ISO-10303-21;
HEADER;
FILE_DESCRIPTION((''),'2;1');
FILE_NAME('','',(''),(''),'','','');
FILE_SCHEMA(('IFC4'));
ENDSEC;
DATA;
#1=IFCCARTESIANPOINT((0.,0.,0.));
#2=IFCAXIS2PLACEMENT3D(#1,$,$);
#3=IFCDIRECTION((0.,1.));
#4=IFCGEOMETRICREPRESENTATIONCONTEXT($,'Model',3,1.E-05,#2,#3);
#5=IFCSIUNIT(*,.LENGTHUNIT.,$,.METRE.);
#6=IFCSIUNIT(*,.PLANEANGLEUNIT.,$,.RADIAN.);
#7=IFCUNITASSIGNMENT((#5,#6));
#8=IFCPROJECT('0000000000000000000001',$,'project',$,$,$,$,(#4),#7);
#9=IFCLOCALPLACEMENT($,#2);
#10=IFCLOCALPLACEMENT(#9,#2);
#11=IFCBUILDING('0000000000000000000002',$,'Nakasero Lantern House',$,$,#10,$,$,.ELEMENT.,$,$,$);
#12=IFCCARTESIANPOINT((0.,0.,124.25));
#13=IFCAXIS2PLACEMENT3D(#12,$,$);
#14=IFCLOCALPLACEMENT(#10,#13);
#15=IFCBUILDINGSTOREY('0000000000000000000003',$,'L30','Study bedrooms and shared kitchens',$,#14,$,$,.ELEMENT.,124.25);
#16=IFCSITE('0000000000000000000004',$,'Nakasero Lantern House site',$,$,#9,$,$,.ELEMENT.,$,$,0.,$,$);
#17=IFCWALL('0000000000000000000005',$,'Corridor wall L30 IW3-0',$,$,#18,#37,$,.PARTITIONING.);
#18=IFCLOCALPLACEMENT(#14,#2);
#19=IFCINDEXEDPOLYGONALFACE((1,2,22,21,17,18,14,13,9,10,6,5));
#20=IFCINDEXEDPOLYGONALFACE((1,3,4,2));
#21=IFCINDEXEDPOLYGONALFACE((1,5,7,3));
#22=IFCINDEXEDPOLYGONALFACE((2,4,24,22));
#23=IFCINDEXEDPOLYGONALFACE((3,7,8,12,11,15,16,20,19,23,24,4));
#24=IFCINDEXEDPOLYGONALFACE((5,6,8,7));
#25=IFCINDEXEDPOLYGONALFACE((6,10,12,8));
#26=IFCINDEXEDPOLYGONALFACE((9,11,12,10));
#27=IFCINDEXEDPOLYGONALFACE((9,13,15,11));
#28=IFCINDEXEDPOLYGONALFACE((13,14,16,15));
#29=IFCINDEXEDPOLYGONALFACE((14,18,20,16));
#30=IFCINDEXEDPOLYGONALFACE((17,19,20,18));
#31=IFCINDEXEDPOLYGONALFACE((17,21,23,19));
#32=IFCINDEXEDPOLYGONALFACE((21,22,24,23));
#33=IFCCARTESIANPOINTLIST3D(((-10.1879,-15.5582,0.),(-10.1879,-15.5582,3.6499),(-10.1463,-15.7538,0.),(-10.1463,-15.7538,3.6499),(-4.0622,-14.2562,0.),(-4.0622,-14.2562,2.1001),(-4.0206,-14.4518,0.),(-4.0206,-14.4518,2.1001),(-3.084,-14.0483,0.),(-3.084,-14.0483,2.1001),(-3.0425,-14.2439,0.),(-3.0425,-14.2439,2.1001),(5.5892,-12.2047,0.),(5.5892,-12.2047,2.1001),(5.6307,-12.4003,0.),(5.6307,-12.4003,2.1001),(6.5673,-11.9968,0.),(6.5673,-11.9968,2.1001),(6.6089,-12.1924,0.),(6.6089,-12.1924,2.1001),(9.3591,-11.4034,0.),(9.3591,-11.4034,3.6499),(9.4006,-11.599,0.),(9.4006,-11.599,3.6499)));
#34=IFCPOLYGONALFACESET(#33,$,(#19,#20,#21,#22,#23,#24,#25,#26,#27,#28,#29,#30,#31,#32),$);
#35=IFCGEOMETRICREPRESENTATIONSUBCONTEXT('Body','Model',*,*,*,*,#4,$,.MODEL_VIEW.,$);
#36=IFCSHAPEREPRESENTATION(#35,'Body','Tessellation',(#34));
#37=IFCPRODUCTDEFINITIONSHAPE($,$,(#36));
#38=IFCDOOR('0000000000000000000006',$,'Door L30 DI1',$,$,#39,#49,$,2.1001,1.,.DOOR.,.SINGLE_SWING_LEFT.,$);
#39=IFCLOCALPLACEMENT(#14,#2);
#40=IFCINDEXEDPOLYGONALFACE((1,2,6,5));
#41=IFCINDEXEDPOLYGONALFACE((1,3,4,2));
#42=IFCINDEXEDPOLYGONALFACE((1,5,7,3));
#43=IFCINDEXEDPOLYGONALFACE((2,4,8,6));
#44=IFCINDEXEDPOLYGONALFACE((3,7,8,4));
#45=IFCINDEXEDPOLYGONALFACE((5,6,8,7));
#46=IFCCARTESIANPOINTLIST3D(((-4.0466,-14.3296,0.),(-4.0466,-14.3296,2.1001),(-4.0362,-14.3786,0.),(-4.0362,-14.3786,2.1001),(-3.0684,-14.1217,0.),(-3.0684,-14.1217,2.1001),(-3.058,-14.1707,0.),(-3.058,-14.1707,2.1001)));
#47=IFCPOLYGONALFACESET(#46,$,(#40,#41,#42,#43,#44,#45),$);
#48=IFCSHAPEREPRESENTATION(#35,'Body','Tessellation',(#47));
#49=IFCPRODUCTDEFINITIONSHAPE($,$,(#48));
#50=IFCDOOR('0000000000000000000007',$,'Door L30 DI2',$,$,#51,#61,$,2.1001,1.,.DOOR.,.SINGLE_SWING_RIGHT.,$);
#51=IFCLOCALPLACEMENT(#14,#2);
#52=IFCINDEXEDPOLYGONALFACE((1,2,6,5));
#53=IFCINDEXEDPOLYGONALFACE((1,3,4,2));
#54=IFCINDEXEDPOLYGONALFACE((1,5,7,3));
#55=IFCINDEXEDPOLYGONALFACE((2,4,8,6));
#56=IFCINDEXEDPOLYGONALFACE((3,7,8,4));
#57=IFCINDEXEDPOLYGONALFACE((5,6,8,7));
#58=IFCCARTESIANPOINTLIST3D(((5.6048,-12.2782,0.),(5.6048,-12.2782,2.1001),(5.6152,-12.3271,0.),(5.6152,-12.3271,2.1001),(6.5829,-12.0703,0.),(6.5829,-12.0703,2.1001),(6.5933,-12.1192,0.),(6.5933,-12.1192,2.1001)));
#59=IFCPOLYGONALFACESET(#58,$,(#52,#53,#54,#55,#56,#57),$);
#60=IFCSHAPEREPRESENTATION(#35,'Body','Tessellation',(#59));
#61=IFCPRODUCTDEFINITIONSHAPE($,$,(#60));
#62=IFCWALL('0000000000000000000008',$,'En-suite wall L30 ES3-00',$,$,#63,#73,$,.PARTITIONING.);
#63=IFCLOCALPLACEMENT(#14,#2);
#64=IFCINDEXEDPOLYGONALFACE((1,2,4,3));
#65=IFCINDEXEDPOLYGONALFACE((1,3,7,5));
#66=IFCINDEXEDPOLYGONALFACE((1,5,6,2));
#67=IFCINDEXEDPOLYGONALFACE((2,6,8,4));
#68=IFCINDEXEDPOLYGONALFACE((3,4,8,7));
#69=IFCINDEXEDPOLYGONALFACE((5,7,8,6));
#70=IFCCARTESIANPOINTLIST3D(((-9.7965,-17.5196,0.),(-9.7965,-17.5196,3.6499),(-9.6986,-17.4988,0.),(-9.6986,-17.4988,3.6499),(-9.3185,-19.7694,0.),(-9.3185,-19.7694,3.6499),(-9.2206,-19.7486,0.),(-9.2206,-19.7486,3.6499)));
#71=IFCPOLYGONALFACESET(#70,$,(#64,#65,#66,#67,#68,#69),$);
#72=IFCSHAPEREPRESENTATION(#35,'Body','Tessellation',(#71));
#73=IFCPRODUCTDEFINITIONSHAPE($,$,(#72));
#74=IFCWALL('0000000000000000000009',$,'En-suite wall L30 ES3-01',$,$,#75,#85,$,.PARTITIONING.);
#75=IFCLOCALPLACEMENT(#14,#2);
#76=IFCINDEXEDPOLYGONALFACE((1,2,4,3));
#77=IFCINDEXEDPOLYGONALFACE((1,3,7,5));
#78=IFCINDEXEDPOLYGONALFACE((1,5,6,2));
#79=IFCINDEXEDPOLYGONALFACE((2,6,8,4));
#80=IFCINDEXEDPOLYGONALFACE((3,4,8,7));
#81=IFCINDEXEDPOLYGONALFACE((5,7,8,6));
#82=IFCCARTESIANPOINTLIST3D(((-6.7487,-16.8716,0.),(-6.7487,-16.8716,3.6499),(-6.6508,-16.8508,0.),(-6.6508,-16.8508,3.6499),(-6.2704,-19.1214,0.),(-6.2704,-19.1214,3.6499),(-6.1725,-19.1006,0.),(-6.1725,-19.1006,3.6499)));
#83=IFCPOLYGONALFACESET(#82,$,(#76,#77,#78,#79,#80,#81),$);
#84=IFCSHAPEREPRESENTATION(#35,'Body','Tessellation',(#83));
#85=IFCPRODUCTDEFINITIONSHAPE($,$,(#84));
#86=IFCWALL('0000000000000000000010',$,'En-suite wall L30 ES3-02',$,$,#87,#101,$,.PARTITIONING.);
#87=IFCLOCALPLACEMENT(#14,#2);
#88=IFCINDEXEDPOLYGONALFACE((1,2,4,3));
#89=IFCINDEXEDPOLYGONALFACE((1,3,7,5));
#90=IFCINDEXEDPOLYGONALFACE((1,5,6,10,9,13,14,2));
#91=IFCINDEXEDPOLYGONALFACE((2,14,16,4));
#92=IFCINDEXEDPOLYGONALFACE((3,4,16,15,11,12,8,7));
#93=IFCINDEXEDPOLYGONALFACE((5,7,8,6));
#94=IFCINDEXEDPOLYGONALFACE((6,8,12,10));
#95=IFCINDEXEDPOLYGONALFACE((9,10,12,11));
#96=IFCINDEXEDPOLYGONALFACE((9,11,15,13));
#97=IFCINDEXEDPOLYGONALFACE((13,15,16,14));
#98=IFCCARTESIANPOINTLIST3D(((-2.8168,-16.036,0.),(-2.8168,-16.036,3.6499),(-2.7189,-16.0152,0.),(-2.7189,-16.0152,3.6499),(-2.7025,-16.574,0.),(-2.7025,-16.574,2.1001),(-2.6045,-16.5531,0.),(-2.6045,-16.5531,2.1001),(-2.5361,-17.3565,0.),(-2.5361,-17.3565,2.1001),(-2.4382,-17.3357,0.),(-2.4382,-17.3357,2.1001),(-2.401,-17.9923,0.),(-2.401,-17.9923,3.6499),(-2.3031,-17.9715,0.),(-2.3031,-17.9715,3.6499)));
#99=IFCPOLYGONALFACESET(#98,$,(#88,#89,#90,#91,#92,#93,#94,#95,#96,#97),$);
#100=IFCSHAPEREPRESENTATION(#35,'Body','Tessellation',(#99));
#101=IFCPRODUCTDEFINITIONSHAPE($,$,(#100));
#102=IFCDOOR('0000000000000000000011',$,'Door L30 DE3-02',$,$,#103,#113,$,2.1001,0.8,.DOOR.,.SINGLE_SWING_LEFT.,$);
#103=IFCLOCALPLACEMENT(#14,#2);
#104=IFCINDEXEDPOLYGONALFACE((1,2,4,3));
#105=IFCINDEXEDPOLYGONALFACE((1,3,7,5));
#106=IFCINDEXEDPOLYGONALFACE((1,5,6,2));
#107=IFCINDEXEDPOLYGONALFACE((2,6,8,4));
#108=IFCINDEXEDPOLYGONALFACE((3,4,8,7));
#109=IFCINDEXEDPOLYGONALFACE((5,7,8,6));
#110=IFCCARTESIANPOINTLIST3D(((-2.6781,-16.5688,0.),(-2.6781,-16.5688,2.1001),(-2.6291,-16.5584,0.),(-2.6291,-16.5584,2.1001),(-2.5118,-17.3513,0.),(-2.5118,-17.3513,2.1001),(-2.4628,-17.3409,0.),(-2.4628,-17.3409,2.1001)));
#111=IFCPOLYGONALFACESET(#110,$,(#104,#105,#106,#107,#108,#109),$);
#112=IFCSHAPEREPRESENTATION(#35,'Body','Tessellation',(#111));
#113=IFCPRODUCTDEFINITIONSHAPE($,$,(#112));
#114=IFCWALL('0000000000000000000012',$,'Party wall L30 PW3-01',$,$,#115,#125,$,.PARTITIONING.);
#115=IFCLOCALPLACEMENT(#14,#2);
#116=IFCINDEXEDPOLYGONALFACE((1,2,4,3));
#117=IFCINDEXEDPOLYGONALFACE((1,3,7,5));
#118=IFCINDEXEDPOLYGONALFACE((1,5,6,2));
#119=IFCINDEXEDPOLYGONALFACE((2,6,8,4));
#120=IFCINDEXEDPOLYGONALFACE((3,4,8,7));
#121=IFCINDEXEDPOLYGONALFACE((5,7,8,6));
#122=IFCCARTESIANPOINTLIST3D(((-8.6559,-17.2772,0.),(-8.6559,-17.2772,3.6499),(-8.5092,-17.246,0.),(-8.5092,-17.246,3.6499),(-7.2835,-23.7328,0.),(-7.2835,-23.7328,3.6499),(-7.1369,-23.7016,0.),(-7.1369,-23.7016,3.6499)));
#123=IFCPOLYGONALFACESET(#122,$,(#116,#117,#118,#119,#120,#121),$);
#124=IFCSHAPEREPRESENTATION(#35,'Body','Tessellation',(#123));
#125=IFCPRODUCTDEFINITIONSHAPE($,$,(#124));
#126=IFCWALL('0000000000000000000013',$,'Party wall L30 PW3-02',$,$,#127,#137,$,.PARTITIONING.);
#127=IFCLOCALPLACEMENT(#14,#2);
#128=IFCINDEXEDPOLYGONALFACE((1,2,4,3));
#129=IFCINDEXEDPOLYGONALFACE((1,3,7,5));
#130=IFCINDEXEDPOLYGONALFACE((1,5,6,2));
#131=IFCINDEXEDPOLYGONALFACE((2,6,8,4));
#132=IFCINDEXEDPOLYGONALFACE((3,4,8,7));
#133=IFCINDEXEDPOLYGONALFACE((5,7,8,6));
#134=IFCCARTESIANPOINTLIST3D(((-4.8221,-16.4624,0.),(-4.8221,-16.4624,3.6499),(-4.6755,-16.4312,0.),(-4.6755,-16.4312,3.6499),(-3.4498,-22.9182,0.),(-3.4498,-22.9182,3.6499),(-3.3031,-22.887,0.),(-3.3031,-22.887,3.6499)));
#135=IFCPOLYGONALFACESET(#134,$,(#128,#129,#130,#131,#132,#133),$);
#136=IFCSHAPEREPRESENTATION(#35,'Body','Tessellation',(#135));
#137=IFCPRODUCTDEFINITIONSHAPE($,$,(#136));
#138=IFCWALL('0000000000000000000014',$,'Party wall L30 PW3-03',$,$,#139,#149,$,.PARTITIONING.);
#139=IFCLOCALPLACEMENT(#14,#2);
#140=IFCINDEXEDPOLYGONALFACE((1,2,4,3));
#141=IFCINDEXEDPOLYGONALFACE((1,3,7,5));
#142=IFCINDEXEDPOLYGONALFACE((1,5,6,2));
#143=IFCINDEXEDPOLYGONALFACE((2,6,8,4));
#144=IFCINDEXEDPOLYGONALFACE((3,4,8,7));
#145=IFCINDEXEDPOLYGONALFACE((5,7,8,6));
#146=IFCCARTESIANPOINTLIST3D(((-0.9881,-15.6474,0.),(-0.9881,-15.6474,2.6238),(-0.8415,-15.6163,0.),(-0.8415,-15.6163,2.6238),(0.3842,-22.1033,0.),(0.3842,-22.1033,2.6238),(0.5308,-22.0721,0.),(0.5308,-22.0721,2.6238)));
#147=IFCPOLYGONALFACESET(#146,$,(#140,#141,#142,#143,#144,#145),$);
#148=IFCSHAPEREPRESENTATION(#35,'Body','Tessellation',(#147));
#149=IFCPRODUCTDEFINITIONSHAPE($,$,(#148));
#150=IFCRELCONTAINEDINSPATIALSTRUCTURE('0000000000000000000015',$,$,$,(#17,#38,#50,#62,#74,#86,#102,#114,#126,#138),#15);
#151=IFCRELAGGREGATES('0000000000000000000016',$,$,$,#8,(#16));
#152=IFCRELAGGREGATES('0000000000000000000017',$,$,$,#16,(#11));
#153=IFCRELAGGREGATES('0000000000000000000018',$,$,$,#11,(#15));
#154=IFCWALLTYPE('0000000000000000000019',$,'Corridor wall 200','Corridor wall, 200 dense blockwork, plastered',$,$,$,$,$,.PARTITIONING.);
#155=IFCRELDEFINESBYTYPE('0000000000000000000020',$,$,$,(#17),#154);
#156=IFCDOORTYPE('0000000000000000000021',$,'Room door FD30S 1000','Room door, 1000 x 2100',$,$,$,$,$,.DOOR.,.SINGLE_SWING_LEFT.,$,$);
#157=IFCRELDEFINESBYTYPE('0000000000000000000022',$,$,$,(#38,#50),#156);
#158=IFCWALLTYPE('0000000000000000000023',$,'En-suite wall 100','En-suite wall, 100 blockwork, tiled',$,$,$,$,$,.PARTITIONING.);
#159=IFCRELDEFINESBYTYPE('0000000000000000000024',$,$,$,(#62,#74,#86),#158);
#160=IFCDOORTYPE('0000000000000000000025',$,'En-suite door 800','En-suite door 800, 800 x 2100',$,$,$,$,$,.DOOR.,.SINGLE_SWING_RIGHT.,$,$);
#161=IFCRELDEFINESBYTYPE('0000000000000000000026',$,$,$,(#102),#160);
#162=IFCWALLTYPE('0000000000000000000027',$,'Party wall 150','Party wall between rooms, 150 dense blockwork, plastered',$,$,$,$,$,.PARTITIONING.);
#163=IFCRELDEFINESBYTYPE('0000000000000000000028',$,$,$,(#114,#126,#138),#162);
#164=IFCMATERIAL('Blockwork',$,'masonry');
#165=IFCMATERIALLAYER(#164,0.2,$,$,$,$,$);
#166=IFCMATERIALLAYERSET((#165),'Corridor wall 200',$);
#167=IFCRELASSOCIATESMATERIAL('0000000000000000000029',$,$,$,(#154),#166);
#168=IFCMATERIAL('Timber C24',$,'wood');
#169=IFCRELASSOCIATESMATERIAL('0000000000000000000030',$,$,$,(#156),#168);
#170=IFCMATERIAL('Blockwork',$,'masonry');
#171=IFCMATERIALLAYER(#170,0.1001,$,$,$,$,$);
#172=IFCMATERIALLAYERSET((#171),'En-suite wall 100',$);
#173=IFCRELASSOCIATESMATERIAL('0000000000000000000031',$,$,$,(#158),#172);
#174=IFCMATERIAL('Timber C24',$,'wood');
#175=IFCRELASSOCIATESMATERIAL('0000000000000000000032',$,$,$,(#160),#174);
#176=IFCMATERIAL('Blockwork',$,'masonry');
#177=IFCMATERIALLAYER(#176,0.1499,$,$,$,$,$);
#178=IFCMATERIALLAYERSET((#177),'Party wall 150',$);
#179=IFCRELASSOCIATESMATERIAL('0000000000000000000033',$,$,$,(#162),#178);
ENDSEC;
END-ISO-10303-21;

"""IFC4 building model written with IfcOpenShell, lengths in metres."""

from ifc_helpers import new_model, si_unit, direction, frame, frame_2d, origin, place, context, subcontext, project, spatial, rectangle, extrude, material, layer, layer_set, type_object, element, fill, save


model = new_model("IFC4")

# Units and contexts
model_context = context("Model", 3, precision=1e-05, world=origin(), true_north=direction((0.0, 1.0)))
body_context = subcontext(model_context, "Body", "Model", "MODEL_VIEW")
ifc_project = project(units=[si_unit("LENGTHUNIT", "METRE"), si_unit("PLANEANGLEUNIT", "RADIAN")], contexts=[model_context])

# Site, building, storey
site_placement = place(None, origin())
site = spatial("IfcSite", under=ifc_project, at=site_placement, Name="Nakasero Lantern House site", CompositionType="ELEMENT", RefElevation=0.0)
building_placement = place(site_placement, origin())
building = spatial("IfcBuilding", under=site, at=building_placement, Name="Nakasero Lantern House", CompositionType="ELEMENT")
storey_placement = place(building_placement, frame((0.0, 0.0, 124.25)))
storey = spatial("IfcBuildingStorey", under=building, at=storey_placement, Name="L30", Description="Study bedrooms and shared kitchens", CompositionType="ELEMENT", Elevation=124.25)

# Shared definitions
ifc_material_1 = material(Name="Blockwork", Category="masonry")
ifc_layer_1 = layer(ifc_material_1, 0.2)
ifc_layer_set_1 = layer_set([ifc_layer_1], Name="Corridor wall 200")
wall_type_1 = type_object("IfcWallType", Name="Corridor wall 200", Description="Corridor wall, 200 dense blockwork, plastered", PredefinedType="PARTITIONING", material=ifc_layer_set_1)

# Wall, openings, doors
wall_1_placement = place(storey_placement, frame((-10.167, -15.656, 0.0), z_axis=(0.0, 0.0, 1.0), x_axis=(0.978148, 0.20791, 0.0)))
wall_1 = element("IfcWall", 1, at=wall_1_placement, inside=storey, type_object=wall_type_1, Name="Corridor wall L30 IW3-0", PredefinedType="PARTITIONING", context=body_context, shape_type="SweptSolid", body=[
    extrude(rectangle(XDim=19.9836, YDim=0.2, at=frame_2d((9.9917, 0.0))), origin(), (0.0, 0.0, 1.0), 3.6499),
])
opening_1_placement = place(wall_1_placement, frame((6.2625, 0.0, 0.0)))
opening_1 = element("IfcOpeningElement", 2, at=opening_1_placement, cuts=wall_1, PredefinedType="OPENING", context=body_context, shape_type="SweptSolid", body=[
    extrude(rectangle(XDim=1.0, YDim=2.1001, at=frame_2d((0.5, 1.05))), frame((0.0, 0.1199, 0.0), z_axis=(0.0, -1.0, 0.0), x_axis=(1.0, 0.0, 0.0)), (0.0, 0.0, 1.0), 0.24),
])
opening_2_placement = place(wall_1_placement, frame((16.1294, 0.0, 0.0)))
opening_2 = element("IfcOpeningElement", 3, at=opening_2_placement, cuts=wall_1, PredefinedType="OPENING", context=body_context, shape_type="SweptSolid", body=[
    extrude(rectangle(XDim=1.0, YDim=2.1001, at=frame_2d((0.5, 1.05))), frame((0.0, 0.1199, 0.0), z_axis=(0.0, -1.0, 0.0), x_axis=(1.0, 0.0, 0.0)), (0.0, 0.0, 1.0), 0.24),
])
ifc_material_2 = material(Name="Timber C24", Category="wood")
door_type_1 = type_object("IfcDoorType", Name="Room door FD30S 1000", Description="Room door, 1000 x 2100", OperationType="SINGLE_SWING_LEFT", PredefinedType="DOOR", material=ifc_material_2)
door_1_placement = place(opening_1_placement, origin())
door_1 = element("IfcDoor", 4, at=door_1_placement, inside=storey, type_object=door_type_1, Name="Door L30 DI1", OperationType="SINGLE_SWING_LEFT", OverallHeight=2.1001, OverallWidth=1.0, PredefinedType="DOOR", context=body_context, shape_type="SweptSolid", body=[
    extrude(rectangle(XDim=1.0, YDim=2.1001, at=frame_2d((0.5, 1.05))), frame((0.0, 0.0249, 0.0), z_axis=(0.0, -1.0, 0.0), x_axis=(1.0, 0.0, 0.0)), (0.0, 0.0, 1.0), 0.05),
])
fill(opening_1, door_1)
door_2_placement = place(opening_2_placement, origin())
door_2 = element("IfcDoor", 5, at=door_2_placement, inside=storey, type_object=door_type_1, Name="Door L30 DI2", OperationType="SINGLE_SWING_RIGHT", OverallHeight=2.1001, OverallWidth=1.0, PredefinedType="DOOR", context=body_context, shape_type="SweptSolid", body=[
    extrude(rectangle(XDim=1.0, YDim=2.1001, at=frame_2d((0.5, 1.05))), frame((0.0, 0.0249, 0.0), z_axis=(0.0, -1.0, 0.0), x_axis=(1.0, 0.0, 0.0)), (0.0, 0.0, 1.0), 0.05),
])
fill(opening_2, door_2)

# Walls
ifc_material_3 = material(Name="Blockwork", Category="masonry")
ifc_layer_2 = layer(ifc_material_3, 0.1001)
ifc_layer_set_2 = layer_set([ifc_layer_2], Name="En-suite wall 100")
wall_type_2 = type_object("IfcWallType", Name="En-suite wall 100", Description="En-suite wall, 100 blockwork, tiled", PredefinedType="PARTITIONING", material=ifc_layer_set_2)
for number, where, z_axis, x_axis, name in (
    (6, (-9.7476, -17.5093, 0.0), (0.0, 0.0, 1.0), (0.20784, -0.978163, 0.0), "En-suite wall L30 ES3-00"),
    (7, (-6.6997, -16.8613, 0.0), (0.0, 0.0, 1.0), (0.207941, -0.978141, 0.0), "En-suite wall L30 ES3-01"),
):
    element("IfcWall", number, at=place(storey_placement, frame(where, z_axis=z_axis, x_axis=x_axis)), inside=storey, type_object=wall_type_2, Name=name, PredefinedType="PARTITIONING", context=body_context, shape_type="SweptSolid", body=[
        extrude(rectangle(XDim=2.3, YDim=0.1001, at=frame_2d((1.1499, 0.0))), origin(), (0.0, 0.0, 1.0), 3.6499),
    ])

# Wall, opening, door
wall_2_placement = place(storey_placement, frame((-2.7678, -16.0256, 0.0), z_axis=(0.0, 0.0, 1.0), x_axis=(0.207886, -0.978153, 0.0)))
wall_2 = element("IfcWall", 8, at=wall_2_placement, inside=storey, type_object=wall_type_2, Name="En-suite wall L30 ES3-02", PredefinedType="PARTITIONING", context=body_context, shape_type="SweptSolid", body=[
    extrude(rectangle(XDim=2.0, YDim=0.1001, at=frame_2d((1.0, 0.0))), origin(), (0.0, 0.0, 1.0), 3.6499),
])
opening_3_placement = place(wall_2_placement, frame((0.55, 0.0, 0.0)))
opening_3 = element("IfcOpeningElement", 9, at=opening_3_placement, cuts=wall_2, PredefinedType="OPENING", context=body_context, shape_type="SweptSolid", body=[
    extrude(rectangle(XDim=0.8, YDim=2.1001, at=frame_2d((0.3999, 1.05))), frame((0.0, 0.0701, 0.0), z_axis=(0.0, -1.0, 0.0), x_axis=(1.0, 0.0, 0.0)), (0.0, 0.0, 1.0), 0.1401),
])
ifc_material_4 = material(Name="Timber C24", Category="wood")
door_type_2 = type_object("IfcDoorType", Name="En-suite door 800", Description="En-suite door 800, 800 x 2100", OperationType="SINGLE_SWING_RIGHT", PredefinedType="DOOR", material=ifc_material_4)
door_3_placement = place(opening_3_placement, origin())
door_3 = element("IfcDoor", 10, at=door_3_placement, inside=storey, type_object=door_type_2, Name="Door L30 DE3-02", OperationType="SINGLE_SWING_LEFT", OverallHeight=2.1001, OverallWidth=0.8, PredefinedType="DOOR", context=body_context, shape_type="SweptSolid", body=[
    extrude(rectangle(XDim=0.8, YDim=2.1001, at=frame_2d((0.3999, 1.05))), frame((0.0, 0.0249, 0.0), z_axis=(0.0, -1.0, 0.0), x_axis=(1.0, 0.0, 0.0)), (0.0, 0.0, 1.0), 0.05),
])
fill(opening_3, door_3)

# Walls
ifc_material_5 = material(Name="Blockwork", Category="masonry")
ifc_layer_3 = layer(ifc_material_5, 0.1499)
ifc_layer_set_3 = layer_set([ifc_layer_3], Name="Party wall 150")
wall_type_3 = type_object("IfcWallType", Name="Party wall 150", Description="Party wall between rooms, 150 dense blockwork, plastered", PredefinedType="PARTITIONING", material=ifc_layer_set_3)
wall_3_placement = place(storey_placement, frame((-8.5825, -17.2617, 0.0), z_axis=(0.0, 0.0, 1.0), x_axis=(0.207932, -0.978143, 0.0)))
element("IfcWall", 11, at=wall_3_placement, inside=storey, type_object=wall_type_3, Name="Party wall L30 PW3-01", PredefinedType="PARTITIONING", context=body_context, shape_type="SweptSolid", body=[
    extrude(rectangle(XDim=6.5999, YDim=0.1499, at=frame_2d((3.2998, 0.0))), origin(), (0.0, 0.0, 1.0), 3.6499),
])
wall_4_placement = place(storey_placement, frame((-4.7488, -16.4468, 0.0), z_axis=(0.0, 0.0, 1.0), x_axis=(0.207925, -0.978145, 0.0)))
element("IfcWall", 12, at=wall_4_placement, inside=storey, type_object=wall_type_3, Name="Party wall L30 PW3-02", PredefinedType="PARTITIONING", context=body_context, shape_type="SweptSolid", body=[
    extrude(rectangle(XDim=6.6001, YDim=0.1499, at=frame_2d((3.3, 0.0))), origin(), (0.0, 0.0, 1.0), 3.6499),
])
wall_5_placement = place(storey_placement, frame((-0.9148, -15.6318, 0.0), z_axis=(0.0, 0.0, 1.0), x_axis=(0.207925, -0.978145, 0.0)))
element("IfcWall", 13, at=wall_5_placement, inside=storey, type_object=wall_type_3, Name="Party wall L30 PW3-03", PredefinedType="PARTITIONING", context=body_context, shape_type="SweptSolid", body=[
    extrude(rectangle(XDim=6.6001, YDim=0.1499, at=frame_2d((3.3, 0.0))), origin(), (0.0, 0.0, 1.0), 2.6238),
])

save(model, "model.ifc")
